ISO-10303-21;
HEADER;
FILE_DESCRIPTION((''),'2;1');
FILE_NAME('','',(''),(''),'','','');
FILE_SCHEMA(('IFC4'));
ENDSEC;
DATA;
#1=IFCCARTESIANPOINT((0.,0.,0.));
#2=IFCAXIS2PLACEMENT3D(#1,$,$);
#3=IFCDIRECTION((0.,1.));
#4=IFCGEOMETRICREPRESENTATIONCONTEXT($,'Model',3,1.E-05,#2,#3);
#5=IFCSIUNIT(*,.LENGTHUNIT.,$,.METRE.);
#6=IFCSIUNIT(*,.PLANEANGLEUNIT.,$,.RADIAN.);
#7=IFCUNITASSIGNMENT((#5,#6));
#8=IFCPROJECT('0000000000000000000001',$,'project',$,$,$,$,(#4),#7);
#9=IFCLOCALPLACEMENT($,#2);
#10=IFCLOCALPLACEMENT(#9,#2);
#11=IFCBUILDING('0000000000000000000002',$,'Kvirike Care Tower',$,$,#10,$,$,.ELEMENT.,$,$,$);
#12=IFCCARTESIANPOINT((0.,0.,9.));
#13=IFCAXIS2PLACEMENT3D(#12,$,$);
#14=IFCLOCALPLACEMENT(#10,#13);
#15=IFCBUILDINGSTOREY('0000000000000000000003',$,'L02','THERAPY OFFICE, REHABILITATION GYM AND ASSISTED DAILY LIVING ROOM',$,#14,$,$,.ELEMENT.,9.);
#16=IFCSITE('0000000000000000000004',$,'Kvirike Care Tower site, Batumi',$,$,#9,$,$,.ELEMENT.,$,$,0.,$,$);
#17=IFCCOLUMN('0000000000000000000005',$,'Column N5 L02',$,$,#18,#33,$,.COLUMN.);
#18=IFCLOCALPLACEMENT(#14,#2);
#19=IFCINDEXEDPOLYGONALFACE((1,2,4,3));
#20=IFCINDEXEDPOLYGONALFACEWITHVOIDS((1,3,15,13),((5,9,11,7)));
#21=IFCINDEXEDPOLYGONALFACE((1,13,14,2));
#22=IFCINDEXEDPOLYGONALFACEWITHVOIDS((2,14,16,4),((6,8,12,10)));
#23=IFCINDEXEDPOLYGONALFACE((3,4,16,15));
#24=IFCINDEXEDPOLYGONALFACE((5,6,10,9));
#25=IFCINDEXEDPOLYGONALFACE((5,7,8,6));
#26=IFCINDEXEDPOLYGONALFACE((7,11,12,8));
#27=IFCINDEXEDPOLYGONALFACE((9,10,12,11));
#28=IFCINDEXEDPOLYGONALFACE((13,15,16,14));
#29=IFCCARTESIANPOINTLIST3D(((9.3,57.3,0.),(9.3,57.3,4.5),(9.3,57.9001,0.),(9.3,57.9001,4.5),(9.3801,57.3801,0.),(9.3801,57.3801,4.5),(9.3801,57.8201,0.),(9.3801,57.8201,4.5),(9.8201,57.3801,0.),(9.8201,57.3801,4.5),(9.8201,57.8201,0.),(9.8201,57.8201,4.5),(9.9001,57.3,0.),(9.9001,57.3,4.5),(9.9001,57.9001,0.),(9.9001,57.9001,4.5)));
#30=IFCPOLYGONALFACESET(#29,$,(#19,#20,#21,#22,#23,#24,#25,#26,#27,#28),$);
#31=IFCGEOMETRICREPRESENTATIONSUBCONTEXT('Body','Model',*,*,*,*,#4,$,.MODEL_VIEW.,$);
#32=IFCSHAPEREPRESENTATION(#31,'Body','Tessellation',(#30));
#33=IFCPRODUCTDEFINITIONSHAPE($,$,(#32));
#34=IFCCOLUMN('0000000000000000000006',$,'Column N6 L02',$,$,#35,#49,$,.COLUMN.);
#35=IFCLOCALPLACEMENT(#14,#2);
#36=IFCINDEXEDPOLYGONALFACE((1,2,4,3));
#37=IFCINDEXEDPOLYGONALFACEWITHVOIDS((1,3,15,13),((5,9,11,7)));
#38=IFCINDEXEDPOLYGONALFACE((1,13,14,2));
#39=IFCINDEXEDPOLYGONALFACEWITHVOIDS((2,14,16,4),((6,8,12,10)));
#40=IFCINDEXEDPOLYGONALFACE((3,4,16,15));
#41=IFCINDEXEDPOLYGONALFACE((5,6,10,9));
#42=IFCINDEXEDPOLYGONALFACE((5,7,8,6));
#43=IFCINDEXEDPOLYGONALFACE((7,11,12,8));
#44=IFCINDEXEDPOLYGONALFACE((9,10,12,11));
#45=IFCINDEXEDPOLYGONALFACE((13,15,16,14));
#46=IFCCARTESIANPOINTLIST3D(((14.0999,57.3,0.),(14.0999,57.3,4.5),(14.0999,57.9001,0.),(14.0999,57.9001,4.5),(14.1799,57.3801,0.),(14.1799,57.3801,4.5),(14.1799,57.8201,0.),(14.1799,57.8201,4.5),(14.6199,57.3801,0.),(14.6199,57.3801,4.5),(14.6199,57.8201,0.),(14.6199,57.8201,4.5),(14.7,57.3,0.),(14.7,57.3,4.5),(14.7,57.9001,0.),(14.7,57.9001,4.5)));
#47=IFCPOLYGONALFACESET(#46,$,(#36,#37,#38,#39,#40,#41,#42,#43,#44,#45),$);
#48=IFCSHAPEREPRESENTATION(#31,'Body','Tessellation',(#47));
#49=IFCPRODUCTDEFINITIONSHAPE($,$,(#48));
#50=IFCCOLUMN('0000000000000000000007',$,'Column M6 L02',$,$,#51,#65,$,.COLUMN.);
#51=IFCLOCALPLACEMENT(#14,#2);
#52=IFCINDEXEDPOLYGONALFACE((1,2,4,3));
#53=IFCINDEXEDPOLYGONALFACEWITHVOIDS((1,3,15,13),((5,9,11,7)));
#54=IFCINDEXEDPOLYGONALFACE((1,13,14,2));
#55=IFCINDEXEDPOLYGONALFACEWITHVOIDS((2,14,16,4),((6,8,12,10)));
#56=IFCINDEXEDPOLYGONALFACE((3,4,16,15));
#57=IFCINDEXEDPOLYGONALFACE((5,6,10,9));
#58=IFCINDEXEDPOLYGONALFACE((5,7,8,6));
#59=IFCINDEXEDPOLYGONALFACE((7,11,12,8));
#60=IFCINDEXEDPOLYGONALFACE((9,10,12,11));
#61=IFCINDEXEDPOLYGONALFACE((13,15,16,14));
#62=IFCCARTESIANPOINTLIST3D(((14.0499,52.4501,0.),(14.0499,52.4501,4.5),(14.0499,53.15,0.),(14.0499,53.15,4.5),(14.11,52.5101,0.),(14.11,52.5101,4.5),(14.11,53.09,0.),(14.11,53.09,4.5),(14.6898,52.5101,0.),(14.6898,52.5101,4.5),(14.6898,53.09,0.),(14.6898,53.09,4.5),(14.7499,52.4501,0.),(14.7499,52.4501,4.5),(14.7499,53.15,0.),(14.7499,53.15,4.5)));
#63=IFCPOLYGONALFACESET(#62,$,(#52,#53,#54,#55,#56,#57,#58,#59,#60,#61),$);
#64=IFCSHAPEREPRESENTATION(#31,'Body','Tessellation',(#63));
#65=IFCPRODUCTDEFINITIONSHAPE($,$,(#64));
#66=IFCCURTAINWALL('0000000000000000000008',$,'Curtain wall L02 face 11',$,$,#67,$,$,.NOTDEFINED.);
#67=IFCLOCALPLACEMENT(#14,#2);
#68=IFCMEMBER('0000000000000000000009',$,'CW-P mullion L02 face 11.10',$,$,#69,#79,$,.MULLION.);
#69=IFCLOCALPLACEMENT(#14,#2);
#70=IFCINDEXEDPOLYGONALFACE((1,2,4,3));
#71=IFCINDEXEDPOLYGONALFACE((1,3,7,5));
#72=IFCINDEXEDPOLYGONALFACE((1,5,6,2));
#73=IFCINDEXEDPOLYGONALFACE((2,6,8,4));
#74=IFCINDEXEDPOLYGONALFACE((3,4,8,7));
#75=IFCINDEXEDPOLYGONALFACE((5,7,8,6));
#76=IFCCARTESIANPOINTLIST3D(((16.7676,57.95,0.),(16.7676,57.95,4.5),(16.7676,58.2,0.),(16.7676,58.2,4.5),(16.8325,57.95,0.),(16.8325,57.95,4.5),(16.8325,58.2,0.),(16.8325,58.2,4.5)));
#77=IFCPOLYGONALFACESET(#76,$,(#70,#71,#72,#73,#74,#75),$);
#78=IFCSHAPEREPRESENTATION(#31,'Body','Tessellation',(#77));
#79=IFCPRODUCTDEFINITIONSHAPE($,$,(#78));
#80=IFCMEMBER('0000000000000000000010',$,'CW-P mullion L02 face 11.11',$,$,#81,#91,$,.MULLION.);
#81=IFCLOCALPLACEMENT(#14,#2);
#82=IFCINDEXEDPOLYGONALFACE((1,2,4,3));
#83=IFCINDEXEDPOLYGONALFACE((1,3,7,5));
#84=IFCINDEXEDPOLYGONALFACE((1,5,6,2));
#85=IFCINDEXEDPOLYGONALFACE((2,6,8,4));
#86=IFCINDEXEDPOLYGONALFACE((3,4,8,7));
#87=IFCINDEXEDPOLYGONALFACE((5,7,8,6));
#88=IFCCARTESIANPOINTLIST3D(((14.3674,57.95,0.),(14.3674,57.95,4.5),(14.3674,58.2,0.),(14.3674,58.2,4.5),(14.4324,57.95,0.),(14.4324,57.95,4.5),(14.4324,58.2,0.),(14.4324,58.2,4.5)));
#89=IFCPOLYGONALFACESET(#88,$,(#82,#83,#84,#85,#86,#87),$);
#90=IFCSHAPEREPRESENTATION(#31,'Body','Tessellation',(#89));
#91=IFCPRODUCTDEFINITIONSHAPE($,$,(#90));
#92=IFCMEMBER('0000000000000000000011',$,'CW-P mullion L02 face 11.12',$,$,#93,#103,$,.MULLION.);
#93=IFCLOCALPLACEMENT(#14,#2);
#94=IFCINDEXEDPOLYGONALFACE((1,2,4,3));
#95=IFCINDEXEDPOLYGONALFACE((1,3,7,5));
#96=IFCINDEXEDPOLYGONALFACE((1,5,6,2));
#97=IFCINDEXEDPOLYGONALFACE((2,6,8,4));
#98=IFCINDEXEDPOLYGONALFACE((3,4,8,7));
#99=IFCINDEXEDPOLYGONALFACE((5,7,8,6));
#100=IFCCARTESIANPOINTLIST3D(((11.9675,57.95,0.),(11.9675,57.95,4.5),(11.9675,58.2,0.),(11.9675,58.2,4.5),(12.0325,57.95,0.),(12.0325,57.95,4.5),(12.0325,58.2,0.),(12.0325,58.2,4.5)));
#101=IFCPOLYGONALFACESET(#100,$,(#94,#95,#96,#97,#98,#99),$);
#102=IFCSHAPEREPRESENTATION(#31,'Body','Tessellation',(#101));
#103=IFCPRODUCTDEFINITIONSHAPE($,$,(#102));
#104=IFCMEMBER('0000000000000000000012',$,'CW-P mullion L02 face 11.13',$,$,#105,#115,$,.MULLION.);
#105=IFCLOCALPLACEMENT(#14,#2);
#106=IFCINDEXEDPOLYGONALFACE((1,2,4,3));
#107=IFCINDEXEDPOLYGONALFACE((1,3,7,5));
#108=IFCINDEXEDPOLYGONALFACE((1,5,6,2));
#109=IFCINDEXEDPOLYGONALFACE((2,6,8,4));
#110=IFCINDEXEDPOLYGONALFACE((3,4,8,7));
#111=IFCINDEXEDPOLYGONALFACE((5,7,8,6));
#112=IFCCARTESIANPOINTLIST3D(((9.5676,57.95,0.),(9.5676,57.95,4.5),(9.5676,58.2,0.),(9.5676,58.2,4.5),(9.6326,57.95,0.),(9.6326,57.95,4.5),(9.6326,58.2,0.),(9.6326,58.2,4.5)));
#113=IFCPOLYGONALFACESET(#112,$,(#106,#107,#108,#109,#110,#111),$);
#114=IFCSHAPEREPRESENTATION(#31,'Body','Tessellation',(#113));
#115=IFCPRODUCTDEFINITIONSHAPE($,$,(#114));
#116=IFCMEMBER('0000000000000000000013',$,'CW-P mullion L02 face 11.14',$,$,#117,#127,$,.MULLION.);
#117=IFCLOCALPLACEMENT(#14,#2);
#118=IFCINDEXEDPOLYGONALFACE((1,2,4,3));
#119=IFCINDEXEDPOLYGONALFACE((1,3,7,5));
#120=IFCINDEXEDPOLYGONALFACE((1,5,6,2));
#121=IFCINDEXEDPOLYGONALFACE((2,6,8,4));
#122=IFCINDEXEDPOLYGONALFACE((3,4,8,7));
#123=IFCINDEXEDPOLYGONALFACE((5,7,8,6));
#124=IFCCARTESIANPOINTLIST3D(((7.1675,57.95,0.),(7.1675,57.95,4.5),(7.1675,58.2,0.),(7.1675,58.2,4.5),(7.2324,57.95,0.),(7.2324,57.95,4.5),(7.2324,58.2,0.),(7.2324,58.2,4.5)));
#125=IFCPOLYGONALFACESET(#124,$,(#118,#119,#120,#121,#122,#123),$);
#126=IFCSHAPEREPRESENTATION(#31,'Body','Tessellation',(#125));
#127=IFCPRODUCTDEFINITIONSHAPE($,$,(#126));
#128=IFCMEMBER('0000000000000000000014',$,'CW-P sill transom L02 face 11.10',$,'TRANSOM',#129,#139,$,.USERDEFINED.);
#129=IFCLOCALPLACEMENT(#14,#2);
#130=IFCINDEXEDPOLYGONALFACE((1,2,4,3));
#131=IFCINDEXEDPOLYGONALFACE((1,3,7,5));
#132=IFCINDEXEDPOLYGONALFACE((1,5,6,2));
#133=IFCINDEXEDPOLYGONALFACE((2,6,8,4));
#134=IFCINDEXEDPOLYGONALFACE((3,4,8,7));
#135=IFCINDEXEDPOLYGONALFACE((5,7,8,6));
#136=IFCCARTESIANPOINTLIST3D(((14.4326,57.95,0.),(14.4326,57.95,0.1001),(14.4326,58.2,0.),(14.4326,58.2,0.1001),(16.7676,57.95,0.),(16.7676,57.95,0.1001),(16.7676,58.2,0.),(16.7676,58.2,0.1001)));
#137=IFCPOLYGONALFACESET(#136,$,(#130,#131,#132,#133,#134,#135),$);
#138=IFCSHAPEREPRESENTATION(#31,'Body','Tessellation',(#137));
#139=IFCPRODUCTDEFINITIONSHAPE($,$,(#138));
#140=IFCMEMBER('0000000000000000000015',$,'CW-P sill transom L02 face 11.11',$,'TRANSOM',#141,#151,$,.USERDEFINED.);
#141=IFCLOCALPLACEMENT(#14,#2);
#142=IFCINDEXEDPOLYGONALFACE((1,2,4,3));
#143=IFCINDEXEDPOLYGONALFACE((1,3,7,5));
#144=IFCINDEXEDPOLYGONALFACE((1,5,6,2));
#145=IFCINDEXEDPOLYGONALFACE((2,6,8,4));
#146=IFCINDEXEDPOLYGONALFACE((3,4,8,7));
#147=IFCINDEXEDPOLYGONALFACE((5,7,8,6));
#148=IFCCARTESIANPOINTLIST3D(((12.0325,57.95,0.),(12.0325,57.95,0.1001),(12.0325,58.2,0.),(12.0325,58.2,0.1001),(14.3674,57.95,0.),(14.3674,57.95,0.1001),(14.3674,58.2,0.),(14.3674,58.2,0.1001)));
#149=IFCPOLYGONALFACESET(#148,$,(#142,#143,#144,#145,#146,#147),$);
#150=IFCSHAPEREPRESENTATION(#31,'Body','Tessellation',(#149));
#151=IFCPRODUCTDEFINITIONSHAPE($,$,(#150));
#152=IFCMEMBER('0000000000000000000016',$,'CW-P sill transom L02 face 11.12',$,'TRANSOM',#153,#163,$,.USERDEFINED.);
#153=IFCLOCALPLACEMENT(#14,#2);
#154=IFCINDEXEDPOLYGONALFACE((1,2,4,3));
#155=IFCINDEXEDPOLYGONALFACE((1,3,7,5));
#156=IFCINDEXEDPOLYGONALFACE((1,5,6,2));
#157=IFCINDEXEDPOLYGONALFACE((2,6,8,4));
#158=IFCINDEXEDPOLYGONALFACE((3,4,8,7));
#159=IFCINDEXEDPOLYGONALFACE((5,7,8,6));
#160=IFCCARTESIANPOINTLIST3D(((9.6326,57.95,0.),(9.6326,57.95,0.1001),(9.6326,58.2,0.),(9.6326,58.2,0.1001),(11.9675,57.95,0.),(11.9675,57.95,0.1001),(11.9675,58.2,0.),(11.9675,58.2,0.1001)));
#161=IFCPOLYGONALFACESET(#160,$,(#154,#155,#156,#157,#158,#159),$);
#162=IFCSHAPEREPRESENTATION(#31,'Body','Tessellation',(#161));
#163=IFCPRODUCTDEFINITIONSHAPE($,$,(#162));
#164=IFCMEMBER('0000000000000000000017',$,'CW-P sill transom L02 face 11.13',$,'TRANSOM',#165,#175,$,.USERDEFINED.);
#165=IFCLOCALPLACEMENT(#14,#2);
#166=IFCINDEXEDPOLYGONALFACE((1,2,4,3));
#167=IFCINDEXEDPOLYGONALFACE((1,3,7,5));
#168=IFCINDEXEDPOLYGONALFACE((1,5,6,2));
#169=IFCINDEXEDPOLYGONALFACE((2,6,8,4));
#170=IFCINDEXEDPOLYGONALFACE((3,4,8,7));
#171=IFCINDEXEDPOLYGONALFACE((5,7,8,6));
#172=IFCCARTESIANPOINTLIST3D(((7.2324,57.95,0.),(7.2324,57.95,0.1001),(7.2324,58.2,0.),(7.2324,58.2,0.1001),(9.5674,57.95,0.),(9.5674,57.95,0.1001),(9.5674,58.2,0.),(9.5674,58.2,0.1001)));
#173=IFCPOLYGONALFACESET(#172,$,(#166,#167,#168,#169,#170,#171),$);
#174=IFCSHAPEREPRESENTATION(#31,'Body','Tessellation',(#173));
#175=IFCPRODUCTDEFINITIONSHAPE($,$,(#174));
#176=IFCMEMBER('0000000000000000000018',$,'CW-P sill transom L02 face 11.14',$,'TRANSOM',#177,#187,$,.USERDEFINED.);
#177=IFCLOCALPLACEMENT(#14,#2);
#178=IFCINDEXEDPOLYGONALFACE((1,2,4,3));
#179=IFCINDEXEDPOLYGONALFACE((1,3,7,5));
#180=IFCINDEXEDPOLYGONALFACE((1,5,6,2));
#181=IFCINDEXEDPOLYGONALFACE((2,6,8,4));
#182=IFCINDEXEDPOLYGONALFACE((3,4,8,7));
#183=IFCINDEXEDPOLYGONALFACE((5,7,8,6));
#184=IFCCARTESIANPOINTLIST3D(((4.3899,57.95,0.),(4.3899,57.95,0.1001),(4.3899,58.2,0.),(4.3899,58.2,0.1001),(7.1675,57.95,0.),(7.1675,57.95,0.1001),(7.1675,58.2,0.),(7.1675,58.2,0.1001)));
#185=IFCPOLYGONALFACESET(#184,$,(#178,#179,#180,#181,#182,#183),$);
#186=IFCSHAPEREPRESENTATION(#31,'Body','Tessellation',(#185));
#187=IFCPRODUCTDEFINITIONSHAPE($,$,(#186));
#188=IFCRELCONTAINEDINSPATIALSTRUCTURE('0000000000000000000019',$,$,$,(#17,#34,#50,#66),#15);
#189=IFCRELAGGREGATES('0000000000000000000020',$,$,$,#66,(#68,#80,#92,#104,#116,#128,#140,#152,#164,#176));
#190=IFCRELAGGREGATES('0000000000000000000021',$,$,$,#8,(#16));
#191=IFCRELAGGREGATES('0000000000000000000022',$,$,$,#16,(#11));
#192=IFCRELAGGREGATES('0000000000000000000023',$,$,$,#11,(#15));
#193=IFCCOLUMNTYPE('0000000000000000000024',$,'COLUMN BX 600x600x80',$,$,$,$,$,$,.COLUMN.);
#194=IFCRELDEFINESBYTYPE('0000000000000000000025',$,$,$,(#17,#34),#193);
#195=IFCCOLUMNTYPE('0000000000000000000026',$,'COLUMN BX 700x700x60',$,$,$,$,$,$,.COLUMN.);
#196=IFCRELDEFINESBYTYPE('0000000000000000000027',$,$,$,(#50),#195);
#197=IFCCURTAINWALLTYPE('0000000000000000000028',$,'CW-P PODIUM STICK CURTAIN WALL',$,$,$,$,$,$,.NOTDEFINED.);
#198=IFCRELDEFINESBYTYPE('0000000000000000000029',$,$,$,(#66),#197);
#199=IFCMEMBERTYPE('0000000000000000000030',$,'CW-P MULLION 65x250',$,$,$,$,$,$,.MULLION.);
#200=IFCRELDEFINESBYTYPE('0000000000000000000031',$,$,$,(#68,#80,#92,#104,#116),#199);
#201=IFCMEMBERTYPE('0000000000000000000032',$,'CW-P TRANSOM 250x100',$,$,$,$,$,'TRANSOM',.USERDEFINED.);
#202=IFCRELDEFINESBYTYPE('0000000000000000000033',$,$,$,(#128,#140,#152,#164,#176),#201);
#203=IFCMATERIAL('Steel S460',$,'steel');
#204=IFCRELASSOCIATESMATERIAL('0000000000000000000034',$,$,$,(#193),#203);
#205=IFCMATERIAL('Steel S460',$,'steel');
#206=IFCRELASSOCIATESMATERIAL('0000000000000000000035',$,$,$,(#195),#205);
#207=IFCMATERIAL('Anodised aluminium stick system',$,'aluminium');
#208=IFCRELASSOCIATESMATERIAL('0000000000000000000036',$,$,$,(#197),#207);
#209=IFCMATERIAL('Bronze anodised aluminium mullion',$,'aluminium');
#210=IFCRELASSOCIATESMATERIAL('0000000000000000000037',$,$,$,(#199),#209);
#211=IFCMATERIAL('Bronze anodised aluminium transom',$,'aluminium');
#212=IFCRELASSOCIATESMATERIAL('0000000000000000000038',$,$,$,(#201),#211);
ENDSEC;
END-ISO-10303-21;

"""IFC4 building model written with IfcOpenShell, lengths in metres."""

from ifc_helpers import new_model, si_unit, direction, frame, origin, origin_2d, place, context, subcontext, project, spatial, rectangle, hollow_rectangle, extrude, material, material_profile, profile_set, type_object, element, aggregate, save


model = new_model("IFC4")

# Units and contexts
model_context = context("Model", 3, precision=1e-05, world=origin(), true_north=direction((0.0, 1.0)))
body_context = subcontext(model_context, "Body", "Model", "MODEL_VIEW")
ifc_project = project(units=[si_unit("LENGTHUNIT", "METRE"), si_unit("PLANEANGLEUNIT", "RADIAN")], contexts=[model_context])

# Site, building, storey
site_placement = place(None, origin())
site = spatial("IfcSite", under=ifc_project, at=site_placement, Name="Kvirike Care Tower site, Batumi", CompositionType="ELEMENT", RefElevation=0.0)
building_placement = place(site_placement, origin())
building = spatial("IfcBuilding", under=site, at=building_placement, Name="Kvirike Care Tower", CompositionType="ELEMENT")
storey_placement = place(building_placement, frame((0.0, 0.0, 9.0)))
storey = spatial("IfcBuildingStorey", under=building, at=storey_placement, Name="L02", Description="THERAPY OFFICE, REHABILITATION GYM AND ASSISTED DAILY LIVING ROOM", CompositionType="ELEMENT", Elevation=9.0)

# Columns
ifc_material_1 = material(Name="Steel S460", Category="steel")
ifc_material_profile_1 = material_profile(ifc_material_1, hollow_rectangle(XDim=0.6001, YDim=0.6001, WallThickness=0.0801, at=origin_2d()), Name="BX 600x600x80")
ifc_profile_set_1 = profile_set([ifc_material_profile_1], Name="Steel S460")
column_type_1 = type_object("IfcColumnType", Name="COLUMN BX 600x600x80", PredefinedType="COLUMN", material=ifc_profile_set_1)
for number, where, z_axis, x_axis, name in (
    (1, (9.6001, 57.6001, 0.0), (0.0, 0.0, 1.0), (0.0, 1.0, 0.0), "Column N5 L02"),
    (2, (14.3999, 57.6001, 0.0), (0.0, 0.0, 1.0), (0.0, 1.0, 0.0), "Column N6 L02"),
):
    element("IfcColumn", number, at=place(storey_placement, frame(where, z_axis=z_axis, x_axis=x_axis)), inside=storey, type_object=column_type_1, Name=name, PredefinedType="COLUMN", context=body_context, shape_type="SweptSolid", body=[
        extrude(hollow_rectangle(XDim=0.6001, YDim=0.6001, WallThickness=0.0801, at=origin_2d()), origin(), (0.0, 0.0, 1.0), 4.5),
    ])
ifc_material_2 = material(Name="Steel S460", Category="steel")
ifc_material_profile_2 = material_profile(ifc_material_2, hollow_rectangle(XDim=0.7, YDim=0.7, WallThickness=0.0601, at=origin_2d()), Name="BX 700x700x60")
ifc_profile_set_2 = profile_set([ifc_material_profile_2], Name="Steel S460")
column_type_2 = type_object("IfcColumnType", Name="COLUMN BX 700x700x60", PredefinedType="COLUMN", material=ifc_profile_set_2)
column_placement = place(storey_placement, frame((14.3999, 52.8, 0.0), z_axis=(0.0, 0.0, 1.0), x_axis=(1.0, 0.0, 0.0)))
element("IfcColumn", 3, at=column_placement, inside=storey, type_object=column_type_2, Name="Column M6 L02", PredefinedType="COLUMN", context=body_context, shape_type="SweptSolid", body=[
    extrude(hollow_rectangle(XDim=0.7, YDim=0.7, WallThickness=0.0601, at=origin_2d()), origin(), (0.0, 0.0, 1.0), 4.5),
])

# Curtain wall, members
ifc_material_3 = material(Name="Anodised aluminium stick system", Category="aluminium")
curtain_wall_type = type_object("IfcCurtainWallType", Name="CW-P PODIUM STICK CURTAIN WALL", PredefinedType="NOTDEFINED", material=ifc_material_3)
curtain_wall_placement = place(storey_placement, origin())
curtain_wall = element("IfcCurtainWall", 4, at=curtain_wall_placement, inside=storey, type_object=curtain_wall_type, Name="Curtain wall L02 face 11", PredefinedType="NOTDEFINED")
ifc_material_4 = material(Name="Bronze anodised aluminium mullion", Category="aluminium")
ifc_material_profile_3 = material_profile(ifc_material_4, rectangle(XDim=0.0649, YDim=0.25, at=origin_2d()), Name="CW-P MULLION 65x250")
ifc_profile_set_3 = profile_set([ifc_material_profile_3], Name="Bronze anodised aluminium mullion")
member_type_1 = type_object("IfcMemberType", Name="CW-P MULLION 65x250", PredefinedType="MULLION", material=ifc_profile_set_3)
member_1_placement = place(storey_placement, frame((16.8, 58.075, 0.0), z_axis=(0.0, 0.0, 1.0), x_axis=(-1.0, 0.0, 0.0)))
member_1 = element("IfcMember", 5, at=member_1_placement, type_object=member_type_1, Name="CW-P mullion L02 face 11.10", PredefinedType="MULLION", context=body_context, shape_type="SweptSolid", body=[
    extrude(rectangle(XDim=0.0649, YDim=0.25, at=origin_2d()), origin(), (0.0, 0.0, 1.0), 4.5),
])
member_2_placement = place(storey_placement, frame((14.3999, 58.075, 0.0), z_axis=(0.0, 0.0, 1.0), x_axis=(-1.0, 0.0, 0.0)))
member_2 = element("IfcMember", 6, at=member_2_placement, type_object=member_type_1, Name="CW-P mullion L02 face 11.11", PredefinedType="MULLION", context=body_context, shape_type="SweptSolid", body=[
    extrude(rectangle(XDim=0.0649, YDim=0.25, at=origin_2d()), origin(), (0.0, 0.0, 1.0), 4.5),
])
member_3_placement = place(storey_placement, frame((12.0, 58.075, 0.0), z_axis=(0.0, 0.0, 1.0), x_axis=(-1.0, 0.0, 0.0)))
member_3 = element("IfcMember", 7, at=member_3_placement, type_object=member_type_1, Name="CW-P mullion L02 face 11.12", PredefinedType="MULLION", context=body_context, shape_type="SweptSolid", body=[
    extrude(rectangle(XDim=0.0649, YDim=0.25, at=origin_2d()), origin(), (0.0, 0.0, 1.0), 4.5),
])
member_4_placement = place(storey_placement, frame((9.6001, 58.075, 0.0), z_axis=(0.0, 0.0, 1.0), x_axis=(-1.0, 0.0, 0.0)))
member_4 = element("IfcMember", 8, at=member_4_placement, type_object=member_type_1, Name="CW-P mullion L02 face 11.13", PredefinedType="MULLION", context=body_context, shape_type="SweptSolid", body=[
    extrude(rectangle(XDim=0.0649, YDim=0.25, at=origin_2d()), origin(), (0.0, 0.0, 1.0), 4.5),
])
member_5_placement = place(storey_placement, frame((7.2, 58.075, 0.0), z_axis=(0.0, 0.0, 1.0), x_axis=(-1.0, 0.0, 0.0)))
member_5 = element("IfcMember", 9, at=member_5_placement, type_object=member_type_1, Name="CW-P mullion L02 face 11.14", PredefinedType="MULLION", context=body_context, shape_type="SweptSolid", body=[
    extrude(rectangle(XDim=0.0649, YDim=0.25, at=origin_2d()), origin(), (0.0, 0.0, 1.0), 4.5),
])
ifc_material_5 = material(Name="Bronze anodised aluminium transom", Category="aluminium")
ifc_material_profile_4 = material_profile(ifc_material_5, rectangle(XDim=0.25, YDim=0.1001, at=origin_2d()), Name="CW-P TRANSOM 250x100")
ifc_profile_set_4 = profile_set([ifc_material_profile_4], Name="Bronze anodised aluminium transom")
member_type_2 = type_object("IfcMemberType", Name="CW-P TRANSOM 250x100", ElementType="TRANSOM", PredefinedType="USERDEFINED", material=ifc_profile_set_4)
member_6_placement = place(storey_placement, frame((16.7676, 58.075, 0.05), z_axis=(-1.0, 0.0, 0.0), x_axis=(0.0, -1.0, 0.0)))
member_6 = element("IfcMember", 10, at=member_6_placement, type_object=member_type_2, Name="CW-P sill transom L02 face 11.10", ObjectType="TRANSOM", PredefinedType="USERDEFINED", context=body_context, shape_type="SweptSolid", body=[
    extrude(rectangle(XDim=0.25, YDim=0.1001, at=origin_2d()), origin(), (0.0, 0.0, 1.0), 2.335),
])
member_7_placement = place(storey_placement, frame((14.3674, 58.075, 0.05), z_axis=(-1.0, 0.0, 0.0), x_axis=(0.0, -1.0, 0.0)))
member_7 = element("IfcMember", 11, at=member_7_placement, type_object=member_type_2, Name="CW-P sill transom L02 face 11.11", ObjectType="TRANSOM", PredefinedType="USERDEFINED", context=body_context, shape_type="SweptSolid", body=[
    extrude(rectangle(XDim=0.25, YDim=0.1001, at=origin_2d()), origin(), (0.0, 0.0, 1.0), 2.335),
])
member_8_placement = place(storey_placement, frame((11.9675, 58.075, 0.05), z_axis=(-1.0, 0.0, 0.0), x_axis=(0.0, -1.0, 0.0)))
member_8 = element("IfcMember", 12, at=member_8_placement, type_object=member_type_2, Name="CW-P sill transom L02 face 11.12", ObjectType="TRANSOM", PredefinedType="USERDEFINED", context=body_context, shape_type="SweptSolid", body=[
    extrude(rectangle(XDim=0.25, YDim=0.1001, at=origin_2d()), origin(), (0.0, 0.0, 1.0), 2.335),
])
member_9_placement = place(storey_placement, frame((9.5674, 58.075, 0.05), z_axis=(-1.0, 0.0, 0.0), x_axis=(0.0, -1.0, 0.0)))
member_9 = element("IfcMember", 13, at=member_9_placement, type_object=member_type_2, Name="CW-P sill transom L02 face 11.13", ObjectType="TRANSOM", PredefinedType="USERDEFINED", context=body_context, shape_type="SweptSolid", body=[
    extrude(rectangle(XDim=0.25, YDim=0.1001, at=origin_2d()), origin(), (0.0, 0.0, 1.0), 2.335),
])
member_10_placement = place(storey_placement, frame((7.1675, 58.075, 0.05), z_axis=(-1.0, 0.0, 0.0), x_axis=(0.0, -1.0, 0.0)))
member_10 = element("IfcMember", 14, at=member_10_placement, type_object=member_type_2, Name="CW-P sill transom L02 face 11.14", ObjectType="TRANSOM", PredefinedType="USERDEFINED", context=body_context, shape_type="SweptSolid", body=[
    extrude(rectangle(XDim=0.25, YDim=0.1001, at=origin_2d()), origin(), (0.0, 0.0, 1.0), 2.7776),
])

aggregate(curtain_wall, [member_1, member_2, member_3, member_4, member_5, member_6, member_7, member_8, member_9, member_10])

save(model, "model.ifc")
